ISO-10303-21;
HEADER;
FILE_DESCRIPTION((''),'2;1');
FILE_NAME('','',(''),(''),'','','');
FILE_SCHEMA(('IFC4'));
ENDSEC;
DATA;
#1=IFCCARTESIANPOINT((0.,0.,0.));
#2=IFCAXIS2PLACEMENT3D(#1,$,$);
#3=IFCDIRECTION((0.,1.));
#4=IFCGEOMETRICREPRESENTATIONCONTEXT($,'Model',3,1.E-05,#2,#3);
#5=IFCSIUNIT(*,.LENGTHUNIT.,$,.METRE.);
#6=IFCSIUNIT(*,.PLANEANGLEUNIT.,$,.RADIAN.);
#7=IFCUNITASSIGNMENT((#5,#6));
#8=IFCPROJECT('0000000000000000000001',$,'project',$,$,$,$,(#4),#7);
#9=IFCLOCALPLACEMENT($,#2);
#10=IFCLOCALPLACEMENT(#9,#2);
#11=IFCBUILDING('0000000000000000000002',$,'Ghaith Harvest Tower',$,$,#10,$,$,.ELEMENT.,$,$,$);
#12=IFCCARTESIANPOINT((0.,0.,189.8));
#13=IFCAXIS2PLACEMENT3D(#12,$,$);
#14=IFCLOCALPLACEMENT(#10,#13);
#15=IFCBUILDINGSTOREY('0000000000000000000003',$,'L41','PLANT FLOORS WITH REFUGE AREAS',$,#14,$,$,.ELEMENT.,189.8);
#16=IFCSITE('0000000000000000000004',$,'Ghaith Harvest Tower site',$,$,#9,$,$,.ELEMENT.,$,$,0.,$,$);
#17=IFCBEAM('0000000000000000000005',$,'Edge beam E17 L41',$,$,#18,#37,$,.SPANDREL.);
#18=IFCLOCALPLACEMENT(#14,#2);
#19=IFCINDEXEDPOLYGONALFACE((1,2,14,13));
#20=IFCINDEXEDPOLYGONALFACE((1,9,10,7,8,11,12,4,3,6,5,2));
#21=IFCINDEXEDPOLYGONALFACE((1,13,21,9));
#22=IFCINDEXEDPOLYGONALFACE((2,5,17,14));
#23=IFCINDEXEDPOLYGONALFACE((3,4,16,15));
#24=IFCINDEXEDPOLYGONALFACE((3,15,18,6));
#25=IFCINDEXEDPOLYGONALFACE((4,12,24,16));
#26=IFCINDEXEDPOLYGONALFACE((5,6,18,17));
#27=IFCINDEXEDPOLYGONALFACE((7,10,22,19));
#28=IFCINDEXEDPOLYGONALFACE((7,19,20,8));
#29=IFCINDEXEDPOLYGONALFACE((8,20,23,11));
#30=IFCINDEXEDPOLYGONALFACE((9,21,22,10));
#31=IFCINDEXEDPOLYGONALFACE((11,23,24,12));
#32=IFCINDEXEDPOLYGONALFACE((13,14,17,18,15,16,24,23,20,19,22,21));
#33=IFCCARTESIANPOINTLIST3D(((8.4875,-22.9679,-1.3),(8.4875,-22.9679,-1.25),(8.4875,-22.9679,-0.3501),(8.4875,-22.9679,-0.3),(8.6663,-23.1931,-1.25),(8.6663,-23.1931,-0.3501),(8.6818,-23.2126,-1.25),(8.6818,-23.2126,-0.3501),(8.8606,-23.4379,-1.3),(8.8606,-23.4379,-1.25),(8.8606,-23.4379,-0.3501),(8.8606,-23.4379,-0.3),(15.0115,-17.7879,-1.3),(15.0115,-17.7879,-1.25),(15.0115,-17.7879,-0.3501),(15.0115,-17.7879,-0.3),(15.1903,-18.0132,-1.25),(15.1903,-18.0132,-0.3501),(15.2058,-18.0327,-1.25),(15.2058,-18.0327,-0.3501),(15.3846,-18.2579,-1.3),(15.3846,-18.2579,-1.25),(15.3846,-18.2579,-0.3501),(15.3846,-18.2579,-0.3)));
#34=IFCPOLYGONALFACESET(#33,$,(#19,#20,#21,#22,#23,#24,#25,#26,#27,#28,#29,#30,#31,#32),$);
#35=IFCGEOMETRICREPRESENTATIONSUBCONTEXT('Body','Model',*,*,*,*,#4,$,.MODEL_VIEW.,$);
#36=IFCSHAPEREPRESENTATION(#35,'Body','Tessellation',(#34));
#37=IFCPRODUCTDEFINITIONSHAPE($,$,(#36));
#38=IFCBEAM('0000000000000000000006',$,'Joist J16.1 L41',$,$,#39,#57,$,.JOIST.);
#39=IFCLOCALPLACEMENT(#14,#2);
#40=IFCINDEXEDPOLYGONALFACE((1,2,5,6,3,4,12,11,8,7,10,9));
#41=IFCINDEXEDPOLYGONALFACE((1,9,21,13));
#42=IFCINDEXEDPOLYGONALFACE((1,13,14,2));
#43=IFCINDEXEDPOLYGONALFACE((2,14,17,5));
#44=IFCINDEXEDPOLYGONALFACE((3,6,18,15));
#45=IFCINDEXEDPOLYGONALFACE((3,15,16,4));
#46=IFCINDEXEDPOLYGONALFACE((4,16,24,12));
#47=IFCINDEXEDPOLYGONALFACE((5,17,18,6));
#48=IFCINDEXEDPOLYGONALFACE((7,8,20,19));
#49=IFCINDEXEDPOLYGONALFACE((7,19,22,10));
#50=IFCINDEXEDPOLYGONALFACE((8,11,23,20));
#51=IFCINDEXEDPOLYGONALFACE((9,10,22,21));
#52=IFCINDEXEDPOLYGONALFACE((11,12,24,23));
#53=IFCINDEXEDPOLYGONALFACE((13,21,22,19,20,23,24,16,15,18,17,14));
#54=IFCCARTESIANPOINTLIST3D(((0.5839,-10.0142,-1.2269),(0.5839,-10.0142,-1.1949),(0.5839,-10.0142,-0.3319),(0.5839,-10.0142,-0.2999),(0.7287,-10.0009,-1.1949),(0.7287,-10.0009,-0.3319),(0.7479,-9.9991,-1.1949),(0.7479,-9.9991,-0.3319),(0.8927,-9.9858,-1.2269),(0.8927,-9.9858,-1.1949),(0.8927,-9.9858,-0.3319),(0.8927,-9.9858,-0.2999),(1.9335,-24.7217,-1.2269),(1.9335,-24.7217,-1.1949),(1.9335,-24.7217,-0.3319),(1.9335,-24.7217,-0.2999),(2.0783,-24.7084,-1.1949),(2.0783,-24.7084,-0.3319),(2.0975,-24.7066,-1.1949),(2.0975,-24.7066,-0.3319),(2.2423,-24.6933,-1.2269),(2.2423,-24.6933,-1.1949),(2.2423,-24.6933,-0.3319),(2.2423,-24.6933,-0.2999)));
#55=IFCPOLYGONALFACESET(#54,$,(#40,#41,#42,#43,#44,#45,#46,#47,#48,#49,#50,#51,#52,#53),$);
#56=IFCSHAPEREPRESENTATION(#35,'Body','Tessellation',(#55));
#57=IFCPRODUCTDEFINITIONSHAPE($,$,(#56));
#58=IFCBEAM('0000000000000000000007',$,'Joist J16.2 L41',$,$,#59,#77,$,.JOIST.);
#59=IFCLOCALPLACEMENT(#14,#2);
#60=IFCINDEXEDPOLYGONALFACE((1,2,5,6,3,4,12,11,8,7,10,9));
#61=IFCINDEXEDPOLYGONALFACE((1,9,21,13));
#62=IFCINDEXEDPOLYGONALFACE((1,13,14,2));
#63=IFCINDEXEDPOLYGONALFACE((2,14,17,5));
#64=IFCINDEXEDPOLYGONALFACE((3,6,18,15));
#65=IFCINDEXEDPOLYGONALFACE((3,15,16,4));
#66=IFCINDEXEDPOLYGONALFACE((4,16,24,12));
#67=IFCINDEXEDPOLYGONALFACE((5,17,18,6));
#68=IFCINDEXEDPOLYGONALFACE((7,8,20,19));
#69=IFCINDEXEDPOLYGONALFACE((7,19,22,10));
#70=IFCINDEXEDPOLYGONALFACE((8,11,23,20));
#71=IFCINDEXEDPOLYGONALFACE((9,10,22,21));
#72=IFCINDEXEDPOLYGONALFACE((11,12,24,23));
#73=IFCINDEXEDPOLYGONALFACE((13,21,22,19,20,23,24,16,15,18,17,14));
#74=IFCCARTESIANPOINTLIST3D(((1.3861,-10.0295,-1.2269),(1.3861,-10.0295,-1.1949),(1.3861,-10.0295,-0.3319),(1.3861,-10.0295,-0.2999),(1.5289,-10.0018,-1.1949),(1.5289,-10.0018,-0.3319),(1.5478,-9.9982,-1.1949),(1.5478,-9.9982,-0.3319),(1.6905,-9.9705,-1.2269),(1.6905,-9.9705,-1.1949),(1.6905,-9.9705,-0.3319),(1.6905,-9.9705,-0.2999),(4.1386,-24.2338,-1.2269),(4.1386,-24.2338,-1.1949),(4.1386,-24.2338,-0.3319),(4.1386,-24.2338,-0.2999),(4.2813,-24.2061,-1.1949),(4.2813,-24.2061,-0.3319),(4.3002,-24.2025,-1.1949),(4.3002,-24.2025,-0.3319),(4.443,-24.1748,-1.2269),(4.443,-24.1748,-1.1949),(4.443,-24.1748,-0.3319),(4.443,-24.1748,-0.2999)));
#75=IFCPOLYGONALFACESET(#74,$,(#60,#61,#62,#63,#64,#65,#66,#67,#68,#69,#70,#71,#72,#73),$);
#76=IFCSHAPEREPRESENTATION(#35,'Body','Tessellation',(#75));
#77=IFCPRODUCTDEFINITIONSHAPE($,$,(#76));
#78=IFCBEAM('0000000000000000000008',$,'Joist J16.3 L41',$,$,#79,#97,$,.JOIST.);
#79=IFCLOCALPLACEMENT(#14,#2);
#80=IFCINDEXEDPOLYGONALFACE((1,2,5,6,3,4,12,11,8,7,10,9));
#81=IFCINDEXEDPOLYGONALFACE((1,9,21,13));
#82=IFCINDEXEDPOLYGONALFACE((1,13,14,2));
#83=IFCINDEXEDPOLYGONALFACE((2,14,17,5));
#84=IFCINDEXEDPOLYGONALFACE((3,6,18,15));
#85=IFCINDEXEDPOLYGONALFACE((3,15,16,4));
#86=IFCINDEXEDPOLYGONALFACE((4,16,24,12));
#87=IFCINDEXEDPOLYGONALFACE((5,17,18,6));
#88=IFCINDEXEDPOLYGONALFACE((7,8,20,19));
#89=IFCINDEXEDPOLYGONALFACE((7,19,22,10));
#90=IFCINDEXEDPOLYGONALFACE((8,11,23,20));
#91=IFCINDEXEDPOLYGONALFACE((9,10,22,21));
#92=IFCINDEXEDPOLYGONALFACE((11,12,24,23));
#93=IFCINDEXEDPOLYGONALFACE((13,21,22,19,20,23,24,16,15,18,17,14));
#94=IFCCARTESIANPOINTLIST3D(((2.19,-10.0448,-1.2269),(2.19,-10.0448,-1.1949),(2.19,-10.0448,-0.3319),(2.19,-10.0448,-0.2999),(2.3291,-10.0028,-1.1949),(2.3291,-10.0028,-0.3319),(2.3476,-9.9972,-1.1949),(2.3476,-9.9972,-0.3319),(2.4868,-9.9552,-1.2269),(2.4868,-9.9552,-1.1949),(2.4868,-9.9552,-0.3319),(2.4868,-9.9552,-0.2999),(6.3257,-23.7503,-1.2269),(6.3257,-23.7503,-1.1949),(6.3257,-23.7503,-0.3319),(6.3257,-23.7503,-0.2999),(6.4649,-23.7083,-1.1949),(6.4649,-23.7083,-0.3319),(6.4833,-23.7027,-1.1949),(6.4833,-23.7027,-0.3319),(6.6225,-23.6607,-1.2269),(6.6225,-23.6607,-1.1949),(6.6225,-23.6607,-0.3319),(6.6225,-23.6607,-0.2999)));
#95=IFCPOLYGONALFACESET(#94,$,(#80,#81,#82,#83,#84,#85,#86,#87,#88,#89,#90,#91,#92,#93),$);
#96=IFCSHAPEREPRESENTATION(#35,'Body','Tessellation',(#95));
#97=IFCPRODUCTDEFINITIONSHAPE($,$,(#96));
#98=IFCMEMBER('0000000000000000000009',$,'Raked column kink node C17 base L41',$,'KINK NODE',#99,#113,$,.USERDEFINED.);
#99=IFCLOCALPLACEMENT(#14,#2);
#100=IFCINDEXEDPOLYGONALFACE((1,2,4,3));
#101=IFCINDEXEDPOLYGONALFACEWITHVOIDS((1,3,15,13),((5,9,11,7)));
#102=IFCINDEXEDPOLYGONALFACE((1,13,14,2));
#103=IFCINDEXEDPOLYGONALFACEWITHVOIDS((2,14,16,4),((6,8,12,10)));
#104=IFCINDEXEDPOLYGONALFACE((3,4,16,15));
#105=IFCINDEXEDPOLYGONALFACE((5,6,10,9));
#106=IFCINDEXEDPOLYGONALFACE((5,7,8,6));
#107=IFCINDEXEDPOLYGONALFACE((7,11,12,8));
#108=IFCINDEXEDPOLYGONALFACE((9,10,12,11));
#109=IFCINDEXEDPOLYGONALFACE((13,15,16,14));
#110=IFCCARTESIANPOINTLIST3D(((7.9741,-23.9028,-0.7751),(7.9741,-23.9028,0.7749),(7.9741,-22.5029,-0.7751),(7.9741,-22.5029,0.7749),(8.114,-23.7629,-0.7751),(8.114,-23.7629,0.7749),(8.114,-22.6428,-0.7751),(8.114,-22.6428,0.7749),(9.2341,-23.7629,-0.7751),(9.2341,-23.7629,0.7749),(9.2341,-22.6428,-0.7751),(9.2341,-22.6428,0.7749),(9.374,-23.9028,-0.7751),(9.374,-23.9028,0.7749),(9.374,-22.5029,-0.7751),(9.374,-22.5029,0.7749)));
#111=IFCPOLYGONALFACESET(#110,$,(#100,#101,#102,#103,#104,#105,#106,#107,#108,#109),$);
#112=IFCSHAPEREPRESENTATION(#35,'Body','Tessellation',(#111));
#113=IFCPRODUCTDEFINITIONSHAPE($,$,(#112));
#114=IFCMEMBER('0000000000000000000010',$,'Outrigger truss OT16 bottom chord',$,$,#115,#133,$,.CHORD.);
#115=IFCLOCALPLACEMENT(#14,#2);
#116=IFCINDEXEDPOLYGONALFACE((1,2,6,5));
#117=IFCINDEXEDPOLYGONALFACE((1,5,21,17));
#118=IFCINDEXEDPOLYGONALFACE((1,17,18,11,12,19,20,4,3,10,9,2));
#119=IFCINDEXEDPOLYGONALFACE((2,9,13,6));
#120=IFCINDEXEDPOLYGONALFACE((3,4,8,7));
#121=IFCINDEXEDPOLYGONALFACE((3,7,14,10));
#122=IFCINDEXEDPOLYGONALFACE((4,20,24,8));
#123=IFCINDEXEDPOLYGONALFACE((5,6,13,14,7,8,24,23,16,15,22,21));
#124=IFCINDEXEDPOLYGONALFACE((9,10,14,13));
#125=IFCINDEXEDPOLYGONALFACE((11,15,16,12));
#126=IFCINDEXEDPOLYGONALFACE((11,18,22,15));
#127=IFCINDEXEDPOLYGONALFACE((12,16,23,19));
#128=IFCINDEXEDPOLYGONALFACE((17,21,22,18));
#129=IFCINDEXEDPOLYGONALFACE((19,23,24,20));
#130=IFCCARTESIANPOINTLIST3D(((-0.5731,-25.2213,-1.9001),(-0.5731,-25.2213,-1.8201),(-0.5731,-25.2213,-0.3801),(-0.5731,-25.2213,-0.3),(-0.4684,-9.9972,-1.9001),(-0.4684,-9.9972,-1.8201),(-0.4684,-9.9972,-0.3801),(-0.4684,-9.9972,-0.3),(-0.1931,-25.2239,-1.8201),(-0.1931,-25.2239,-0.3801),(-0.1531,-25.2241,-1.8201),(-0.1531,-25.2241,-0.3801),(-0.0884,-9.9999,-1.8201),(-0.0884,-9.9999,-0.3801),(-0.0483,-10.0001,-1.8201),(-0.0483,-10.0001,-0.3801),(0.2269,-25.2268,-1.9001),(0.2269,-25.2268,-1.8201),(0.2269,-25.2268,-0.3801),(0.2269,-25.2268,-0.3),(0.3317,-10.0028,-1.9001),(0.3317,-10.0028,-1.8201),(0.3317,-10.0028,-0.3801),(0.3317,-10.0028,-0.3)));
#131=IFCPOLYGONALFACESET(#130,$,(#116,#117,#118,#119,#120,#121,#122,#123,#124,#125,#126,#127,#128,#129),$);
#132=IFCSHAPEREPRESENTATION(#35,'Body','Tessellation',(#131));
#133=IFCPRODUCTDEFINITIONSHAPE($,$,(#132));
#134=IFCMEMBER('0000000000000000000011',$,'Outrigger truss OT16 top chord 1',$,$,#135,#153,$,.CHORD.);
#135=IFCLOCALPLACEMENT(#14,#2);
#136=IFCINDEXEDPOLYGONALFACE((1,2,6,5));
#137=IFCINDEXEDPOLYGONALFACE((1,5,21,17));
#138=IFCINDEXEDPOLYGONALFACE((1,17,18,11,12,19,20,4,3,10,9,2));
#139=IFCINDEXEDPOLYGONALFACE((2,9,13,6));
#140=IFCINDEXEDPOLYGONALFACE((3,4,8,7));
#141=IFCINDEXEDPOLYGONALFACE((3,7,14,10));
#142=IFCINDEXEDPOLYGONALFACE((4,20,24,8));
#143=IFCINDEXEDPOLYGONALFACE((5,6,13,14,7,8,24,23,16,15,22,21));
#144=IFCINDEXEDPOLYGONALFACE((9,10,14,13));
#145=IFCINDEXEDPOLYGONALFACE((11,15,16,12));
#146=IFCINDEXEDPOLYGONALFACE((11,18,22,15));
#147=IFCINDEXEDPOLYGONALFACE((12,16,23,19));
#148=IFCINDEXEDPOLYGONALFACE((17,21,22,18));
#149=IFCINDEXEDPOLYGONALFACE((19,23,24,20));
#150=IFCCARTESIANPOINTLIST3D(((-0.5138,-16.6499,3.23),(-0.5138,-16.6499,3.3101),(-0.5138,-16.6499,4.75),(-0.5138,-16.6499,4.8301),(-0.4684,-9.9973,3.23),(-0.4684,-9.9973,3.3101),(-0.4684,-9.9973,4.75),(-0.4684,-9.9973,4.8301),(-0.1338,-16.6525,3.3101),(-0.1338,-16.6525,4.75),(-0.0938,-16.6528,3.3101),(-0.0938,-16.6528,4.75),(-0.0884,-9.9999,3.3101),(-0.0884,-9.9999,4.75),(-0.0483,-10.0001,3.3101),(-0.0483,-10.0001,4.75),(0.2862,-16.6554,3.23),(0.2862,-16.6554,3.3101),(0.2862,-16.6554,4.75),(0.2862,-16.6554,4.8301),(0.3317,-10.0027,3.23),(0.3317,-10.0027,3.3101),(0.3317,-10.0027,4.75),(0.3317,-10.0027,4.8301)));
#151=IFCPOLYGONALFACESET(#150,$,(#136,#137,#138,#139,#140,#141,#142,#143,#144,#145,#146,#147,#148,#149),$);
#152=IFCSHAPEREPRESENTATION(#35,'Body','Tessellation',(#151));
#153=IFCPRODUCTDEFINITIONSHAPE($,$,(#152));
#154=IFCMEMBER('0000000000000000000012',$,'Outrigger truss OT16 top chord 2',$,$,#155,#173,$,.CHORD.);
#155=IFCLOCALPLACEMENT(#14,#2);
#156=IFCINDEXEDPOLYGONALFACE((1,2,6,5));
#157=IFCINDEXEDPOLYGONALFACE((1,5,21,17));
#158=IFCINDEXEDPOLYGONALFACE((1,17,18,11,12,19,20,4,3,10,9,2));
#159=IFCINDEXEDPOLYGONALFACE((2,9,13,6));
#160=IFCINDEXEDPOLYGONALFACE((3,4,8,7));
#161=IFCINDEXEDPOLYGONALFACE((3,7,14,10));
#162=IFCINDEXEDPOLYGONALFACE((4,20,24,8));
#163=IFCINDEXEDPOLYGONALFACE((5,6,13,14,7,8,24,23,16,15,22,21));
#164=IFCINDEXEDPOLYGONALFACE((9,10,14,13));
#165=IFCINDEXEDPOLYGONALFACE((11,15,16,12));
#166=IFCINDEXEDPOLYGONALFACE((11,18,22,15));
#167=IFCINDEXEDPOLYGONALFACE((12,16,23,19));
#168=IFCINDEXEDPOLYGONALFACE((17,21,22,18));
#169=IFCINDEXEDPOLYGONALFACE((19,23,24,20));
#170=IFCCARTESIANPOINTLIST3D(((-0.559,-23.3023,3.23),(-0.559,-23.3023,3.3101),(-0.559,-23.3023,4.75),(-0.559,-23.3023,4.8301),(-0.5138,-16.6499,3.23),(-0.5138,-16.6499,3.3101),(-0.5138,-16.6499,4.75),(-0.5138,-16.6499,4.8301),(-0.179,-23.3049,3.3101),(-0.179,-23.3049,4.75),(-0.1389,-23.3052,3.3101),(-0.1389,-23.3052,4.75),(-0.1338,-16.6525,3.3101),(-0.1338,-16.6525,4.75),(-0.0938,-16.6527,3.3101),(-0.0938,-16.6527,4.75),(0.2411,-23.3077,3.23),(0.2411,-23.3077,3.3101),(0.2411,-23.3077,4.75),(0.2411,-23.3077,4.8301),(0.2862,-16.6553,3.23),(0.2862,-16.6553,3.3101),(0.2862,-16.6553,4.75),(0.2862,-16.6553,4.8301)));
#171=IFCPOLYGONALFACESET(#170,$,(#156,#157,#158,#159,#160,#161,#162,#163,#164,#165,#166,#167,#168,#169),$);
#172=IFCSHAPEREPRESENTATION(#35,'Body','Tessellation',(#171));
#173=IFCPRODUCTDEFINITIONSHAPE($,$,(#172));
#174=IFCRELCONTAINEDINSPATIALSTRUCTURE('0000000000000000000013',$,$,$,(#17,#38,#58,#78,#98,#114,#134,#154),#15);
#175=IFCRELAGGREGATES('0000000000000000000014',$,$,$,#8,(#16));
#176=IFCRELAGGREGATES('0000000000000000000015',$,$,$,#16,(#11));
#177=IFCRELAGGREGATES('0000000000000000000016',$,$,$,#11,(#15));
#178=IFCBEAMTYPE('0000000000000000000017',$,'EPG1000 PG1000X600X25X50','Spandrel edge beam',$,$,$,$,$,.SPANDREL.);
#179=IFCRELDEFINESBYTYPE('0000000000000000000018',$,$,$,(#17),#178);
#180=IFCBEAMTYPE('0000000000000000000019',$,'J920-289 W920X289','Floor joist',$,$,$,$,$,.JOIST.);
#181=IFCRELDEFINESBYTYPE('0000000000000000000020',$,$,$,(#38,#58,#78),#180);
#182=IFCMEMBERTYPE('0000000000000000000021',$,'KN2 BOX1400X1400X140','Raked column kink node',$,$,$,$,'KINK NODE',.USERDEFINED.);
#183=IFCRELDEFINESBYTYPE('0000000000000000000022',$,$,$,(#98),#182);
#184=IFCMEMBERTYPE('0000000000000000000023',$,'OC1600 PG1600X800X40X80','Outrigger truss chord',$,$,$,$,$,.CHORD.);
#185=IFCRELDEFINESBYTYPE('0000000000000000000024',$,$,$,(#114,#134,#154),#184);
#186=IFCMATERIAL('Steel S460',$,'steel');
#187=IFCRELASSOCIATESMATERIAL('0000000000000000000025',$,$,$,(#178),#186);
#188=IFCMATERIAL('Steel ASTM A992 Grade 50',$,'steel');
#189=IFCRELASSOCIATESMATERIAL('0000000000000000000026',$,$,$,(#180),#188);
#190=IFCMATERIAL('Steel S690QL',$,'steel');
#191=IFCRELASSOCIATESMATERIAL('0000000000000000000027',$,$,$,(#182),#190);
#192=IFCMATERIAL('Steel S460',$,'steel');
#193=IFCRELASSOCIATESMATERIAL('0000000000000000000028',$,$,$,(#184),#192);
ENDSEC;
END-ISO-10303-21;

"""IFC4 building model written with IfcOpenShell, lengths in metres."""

from ifc_helpers import new_model, si_unit, direction, frame, origin, origin_2d, place, context, subcontext, project, spatial, hollow_rectangle, i_section, extrude, material, material_profile, profile_set, type_object, element, save


model = new_model("IFC4")

# Units and contexts
model_context = context("Model", 3, precision=1e-05, world=origin(), true_north=direction((0.0, 1.0)))
body_context = subcontext(model_context, "Body", "Model", "MODEL_VIEW")
ifc_project = project(units=[si_unit("LENGTHUNIT", "METRE"), si_unit("PLANEANGLEUNIT", "RADIAN")], contexts=[model_context])

# Site, building, storey
site_placement = place(None, origin())
site = spatial("IfcSite", under=ifc_project, at=site_placement, Name="Ghaith Harvest Tower site", CompositionType="ELEMENT", RefElevation=0.0)
building_placement = place(site_placement, origin())
building = spatial("IfcBuilding", under=site, at=building_placement, Name="Ghaith Harvest Tower", CompositionType="ELEMENT")
storey_placement = place(building_placement, frame((0.0, 0.0, 189.8)))
storey = spatial("IfcBuildingStorey", under=building, at=storey_placement, Name="L41", Description="PLANT FLOORS WITH REFUGE AREAS", CompositionType="ELEMENT", Elevation=189.8)

# Beams
ifc_material_1 = material(Name="Steel S460", Category="steel")
ifc_material_profile_1 = material_profile(ifc_material_1, i_section(OverallWidth=0.6001, OverallDepth=1.0, WebThickness=0.0249, FlangeThickness=0.05, at=origin_2d()), Name="PG1000X600X25X50")
ifc_profile_set_1 = profile_set([ifc_material_profile_1], Name="Steel S460")
beam_type_1 = type_object("IfcBeamType", Name="EPG1000 PG1000X600X25X50", Description="Spandrel edge beam", PredefinedType="SPANDREL", material=ifc_profile_set_1)
beam_1_placement = place(storey_placement, frame((8.6741, -23.2029, -0.8), z_axis=(0.78316, 0.621821, 0.0), x_axis=(-0.621821, 0.78316, 0.0)))
element("IfcBeam", 1, at=beam_1_placement, inside=storey, type_object=beam_type_1, Name="Edge beam E17 L41", PredefinedType="SPANDREL", context=body_context, shape_type="SweptSolid", body=[
    extrude(i_section(OverallWidth=0.6001, OverallDepth=1.0, WebThickness=0.0249, FlangeThickness=0.05, at=origin_2d()), origin(), (0.0, 0.0, 1.0), 8.3303),
])
ifc_material_2 = material(Name="Steel ASTM A992 Grade 50", Category="steel")
ifc_material_profile_2 = material_profile(ifc_material_2, i_section(OverallWidth=0.3101, OverallDepth=0.927, WebThickness=0.0193, FlangeThickness=0.032, at=origin_2d()), Name="W920X289")
ifc_profile_set_2 = profile_set([ifc_material_profile_2], Name="Steel ASTM A992 Grade 50")
beam_type_2 = type_object("IfcBeamType", Name="J920-289 W920X289", Description="Floor joist", PredefinedType="JOIST", material=ifc_profile_set_2)
beam_2_placement = place(storey_placement, frame((0.7383, -10.0, -0.7634), z_axis=(0.091379, -0.995816, 0.0), x_axis=(0.995816, 0.091379, 0.0)))
element("IfcBeam", 2, at=beam_2_placement, inside=storey, type_object=beam_type_2, Name="Joist J16.1 L41", PredefinedType="JOIST", context=body_context, shape_type="SweptSolid", body=[
    extrude(i_section(OverallWidth=0.3101, OverallDepth=0.927, WebThickness=0.0193, FlangeThickness=0.032, at=origin_2d()), origin(), (0.0, 0.0, 1.0), 14.7693),
])
beam_3_placement = place(storey_placement, frame((1.5383, -10.0, -0.7634), z_axis=(0.190236, -0.981738, 0.0), x_axis=(0.981738, 0.190236, 0.0)))
element("IfcBeam", 3, at=beam_3_placement, inside=storey, type_object=beam_type_2, Name="Joist J16.2 L41", PredefinedType="JOIST", context=body_context, shape_type="SweptSolid", body=[
    extrude(i_section(OverallWidth=0.3101, OverallDepth=0.927, WebThickness=0.0193, FlangeThickness=0.032, at=origin_2d()), origin(), (0.0, 0.0, 1.0), 14.4685),
])
beam_4_placement = place(storey_placement, frame((2.3384, -10.0, -0.7634), z_axis=(0.28889, -0.957362, 0.0), x_axis=(0.957362, 0.28889, 0.0)))
element("IfcBeam", 4, at=beam_4_placement, inside=storey, type_object=beam_type_2, Name="Joist J16.3 L41", PredefinedType="JOIST", context=body_context, shape_type="SweptSolid", body=[
    extrude(i_section(OverallWidth=0.3101, OverallDepth=0.927, WebThickness=0.0193, FlangeThickness=0.032, at=origin_2d()), origin(), (0.0, 0.0, 1.0), 14.3159),
])

# Members
ifc_material_3 = material(Name="Steel S690QL", Category="steel")
ifc_material_profile_3 = material_profile(ifc_material_3, hollow_rectangle(XDim=1.3999, YDim=1.3999, WallThickness=0.1399, at=origin_2d()), Name="BOX1400X1400X140")
ifc_profile_set_3 = profile_set([ifc_material_profile_3], Name="Steel S690QL")
member_type_1 = type_object("IfcMemberType", Name="KN2 BOX1400X1400X140", Description="Raked column kink node", ElementType="KINK NODE", PredefinedType="USERDEFINED", material=ifc_profile_set_3)
member_1_placement = place(storey_placement, frame((8.6741, -23.2029, -0.7751), z_axis=(0.0, 0.0, 1.0), x_axis=(1.0, 0.0, 0.0)))
element("IfcMember", 5, at=member_1_placement, inside=storey, type_object=member_type_1, Name="Raked column kink node C17 base L41", ObjectType="KINK NODE", PredefinedType="USERDEFINED", context=body_context, shape_type="SweptSolid", body=[
    extrude(hollow_rectangle(XDim=1.3999, YDim=1.3999, WallThickness=0.1399, at=origin_2d()), origin(), (0.0, 0.0, 1.0), 1.55),
])
ifc_material_4 = material(Name="Steel S460", Category="steel")
ifc_material_profile_4 = material_profile(ifc_material_4, i_section(OverallWidth=0.8, OverallDepth=1.6001, WebThickness=0.04, FlangeThickness=0.0801, at=origin_2d()), Name="PG1600X800X40X80")
ifc_profile_set_4 = profile_set([ifc_material_profile_4], Name="Steel S460")
member_type_2 = type_object("IfcMemberType", Name="OC1600 PG1600X800X40X80", Description="Outrigger truss chord", PredefinedType="CHORD", material=ifc_profile_set_4)
member_2_placement = place(storey_placement, frame((-0.0684, -10.0, -1.1001), z_axis=(-0.006879, -0.999976, 0.0), x_axis=(0.999976, -0.006879, 0.0)))
element("IfcMember", 6, at=member_2_placement, inside=storey, type_object=member_type_2, Name="Outrigger truss OT16 bottom chord", PredefinedType="CHORD", context=body_context, shape_type="SweptSolid", body=[
    extrude(i_section(OverallWidth=0.8, OverallDepth=1.6001, WebThickness=0.04, FlangeThickness=0.0801, at=origin_2d()), origin(), (0.0, 0.0, 1.0), 15.2244),
])
member_3_placement = place(storey_placement, frame((-0.0684, -10.0, 4.03), z_axis=(-0.006826, -0.999977, 0.0), x_axis=(0.999977, -0.006826, 0.0)))
element("IfcMember", 7, at=member_3_placement, inside=storey, type_object=member_type_2, Name="Outrigger truss OT16 top chord 1", PredefinedType="CHORD", context=body_context, shape_type="SweptSolid", body=[
    extrude(i_section(OverallWidth=0.8, OverallDepth=1.6001, WebThickness=0.04, FlangeThickness=0.0801, at=origin_2d()), origin(), (0.0, 0.0, 1.0), 6.6528),
])
member_4_placement = place(storey_placement, frame((-0.1138, -16.6526, 4.03), z_axis=(-0.006789, -0.999977, 0.0), x_axis=(0.999977, -0.006789, 0.0)))
element("IfcMember", 8, at=member_4_placement, inside=storey, type_object=member_type_2, Name="Outrigger truss OT16 top chord 2", PredefinedType="CHORD", context=body_context, shape_type="SweptSolid", body=[
    extrude(i_section(OverallWidth=0.8, OverallDepth=1.6001, WebThickness=0.04, FlangeThickness=0.0801, at=origin_2d()), origin(), (0.0, 0.0, 1.0), 6.6526),
])

save(model, "model.ifc")
